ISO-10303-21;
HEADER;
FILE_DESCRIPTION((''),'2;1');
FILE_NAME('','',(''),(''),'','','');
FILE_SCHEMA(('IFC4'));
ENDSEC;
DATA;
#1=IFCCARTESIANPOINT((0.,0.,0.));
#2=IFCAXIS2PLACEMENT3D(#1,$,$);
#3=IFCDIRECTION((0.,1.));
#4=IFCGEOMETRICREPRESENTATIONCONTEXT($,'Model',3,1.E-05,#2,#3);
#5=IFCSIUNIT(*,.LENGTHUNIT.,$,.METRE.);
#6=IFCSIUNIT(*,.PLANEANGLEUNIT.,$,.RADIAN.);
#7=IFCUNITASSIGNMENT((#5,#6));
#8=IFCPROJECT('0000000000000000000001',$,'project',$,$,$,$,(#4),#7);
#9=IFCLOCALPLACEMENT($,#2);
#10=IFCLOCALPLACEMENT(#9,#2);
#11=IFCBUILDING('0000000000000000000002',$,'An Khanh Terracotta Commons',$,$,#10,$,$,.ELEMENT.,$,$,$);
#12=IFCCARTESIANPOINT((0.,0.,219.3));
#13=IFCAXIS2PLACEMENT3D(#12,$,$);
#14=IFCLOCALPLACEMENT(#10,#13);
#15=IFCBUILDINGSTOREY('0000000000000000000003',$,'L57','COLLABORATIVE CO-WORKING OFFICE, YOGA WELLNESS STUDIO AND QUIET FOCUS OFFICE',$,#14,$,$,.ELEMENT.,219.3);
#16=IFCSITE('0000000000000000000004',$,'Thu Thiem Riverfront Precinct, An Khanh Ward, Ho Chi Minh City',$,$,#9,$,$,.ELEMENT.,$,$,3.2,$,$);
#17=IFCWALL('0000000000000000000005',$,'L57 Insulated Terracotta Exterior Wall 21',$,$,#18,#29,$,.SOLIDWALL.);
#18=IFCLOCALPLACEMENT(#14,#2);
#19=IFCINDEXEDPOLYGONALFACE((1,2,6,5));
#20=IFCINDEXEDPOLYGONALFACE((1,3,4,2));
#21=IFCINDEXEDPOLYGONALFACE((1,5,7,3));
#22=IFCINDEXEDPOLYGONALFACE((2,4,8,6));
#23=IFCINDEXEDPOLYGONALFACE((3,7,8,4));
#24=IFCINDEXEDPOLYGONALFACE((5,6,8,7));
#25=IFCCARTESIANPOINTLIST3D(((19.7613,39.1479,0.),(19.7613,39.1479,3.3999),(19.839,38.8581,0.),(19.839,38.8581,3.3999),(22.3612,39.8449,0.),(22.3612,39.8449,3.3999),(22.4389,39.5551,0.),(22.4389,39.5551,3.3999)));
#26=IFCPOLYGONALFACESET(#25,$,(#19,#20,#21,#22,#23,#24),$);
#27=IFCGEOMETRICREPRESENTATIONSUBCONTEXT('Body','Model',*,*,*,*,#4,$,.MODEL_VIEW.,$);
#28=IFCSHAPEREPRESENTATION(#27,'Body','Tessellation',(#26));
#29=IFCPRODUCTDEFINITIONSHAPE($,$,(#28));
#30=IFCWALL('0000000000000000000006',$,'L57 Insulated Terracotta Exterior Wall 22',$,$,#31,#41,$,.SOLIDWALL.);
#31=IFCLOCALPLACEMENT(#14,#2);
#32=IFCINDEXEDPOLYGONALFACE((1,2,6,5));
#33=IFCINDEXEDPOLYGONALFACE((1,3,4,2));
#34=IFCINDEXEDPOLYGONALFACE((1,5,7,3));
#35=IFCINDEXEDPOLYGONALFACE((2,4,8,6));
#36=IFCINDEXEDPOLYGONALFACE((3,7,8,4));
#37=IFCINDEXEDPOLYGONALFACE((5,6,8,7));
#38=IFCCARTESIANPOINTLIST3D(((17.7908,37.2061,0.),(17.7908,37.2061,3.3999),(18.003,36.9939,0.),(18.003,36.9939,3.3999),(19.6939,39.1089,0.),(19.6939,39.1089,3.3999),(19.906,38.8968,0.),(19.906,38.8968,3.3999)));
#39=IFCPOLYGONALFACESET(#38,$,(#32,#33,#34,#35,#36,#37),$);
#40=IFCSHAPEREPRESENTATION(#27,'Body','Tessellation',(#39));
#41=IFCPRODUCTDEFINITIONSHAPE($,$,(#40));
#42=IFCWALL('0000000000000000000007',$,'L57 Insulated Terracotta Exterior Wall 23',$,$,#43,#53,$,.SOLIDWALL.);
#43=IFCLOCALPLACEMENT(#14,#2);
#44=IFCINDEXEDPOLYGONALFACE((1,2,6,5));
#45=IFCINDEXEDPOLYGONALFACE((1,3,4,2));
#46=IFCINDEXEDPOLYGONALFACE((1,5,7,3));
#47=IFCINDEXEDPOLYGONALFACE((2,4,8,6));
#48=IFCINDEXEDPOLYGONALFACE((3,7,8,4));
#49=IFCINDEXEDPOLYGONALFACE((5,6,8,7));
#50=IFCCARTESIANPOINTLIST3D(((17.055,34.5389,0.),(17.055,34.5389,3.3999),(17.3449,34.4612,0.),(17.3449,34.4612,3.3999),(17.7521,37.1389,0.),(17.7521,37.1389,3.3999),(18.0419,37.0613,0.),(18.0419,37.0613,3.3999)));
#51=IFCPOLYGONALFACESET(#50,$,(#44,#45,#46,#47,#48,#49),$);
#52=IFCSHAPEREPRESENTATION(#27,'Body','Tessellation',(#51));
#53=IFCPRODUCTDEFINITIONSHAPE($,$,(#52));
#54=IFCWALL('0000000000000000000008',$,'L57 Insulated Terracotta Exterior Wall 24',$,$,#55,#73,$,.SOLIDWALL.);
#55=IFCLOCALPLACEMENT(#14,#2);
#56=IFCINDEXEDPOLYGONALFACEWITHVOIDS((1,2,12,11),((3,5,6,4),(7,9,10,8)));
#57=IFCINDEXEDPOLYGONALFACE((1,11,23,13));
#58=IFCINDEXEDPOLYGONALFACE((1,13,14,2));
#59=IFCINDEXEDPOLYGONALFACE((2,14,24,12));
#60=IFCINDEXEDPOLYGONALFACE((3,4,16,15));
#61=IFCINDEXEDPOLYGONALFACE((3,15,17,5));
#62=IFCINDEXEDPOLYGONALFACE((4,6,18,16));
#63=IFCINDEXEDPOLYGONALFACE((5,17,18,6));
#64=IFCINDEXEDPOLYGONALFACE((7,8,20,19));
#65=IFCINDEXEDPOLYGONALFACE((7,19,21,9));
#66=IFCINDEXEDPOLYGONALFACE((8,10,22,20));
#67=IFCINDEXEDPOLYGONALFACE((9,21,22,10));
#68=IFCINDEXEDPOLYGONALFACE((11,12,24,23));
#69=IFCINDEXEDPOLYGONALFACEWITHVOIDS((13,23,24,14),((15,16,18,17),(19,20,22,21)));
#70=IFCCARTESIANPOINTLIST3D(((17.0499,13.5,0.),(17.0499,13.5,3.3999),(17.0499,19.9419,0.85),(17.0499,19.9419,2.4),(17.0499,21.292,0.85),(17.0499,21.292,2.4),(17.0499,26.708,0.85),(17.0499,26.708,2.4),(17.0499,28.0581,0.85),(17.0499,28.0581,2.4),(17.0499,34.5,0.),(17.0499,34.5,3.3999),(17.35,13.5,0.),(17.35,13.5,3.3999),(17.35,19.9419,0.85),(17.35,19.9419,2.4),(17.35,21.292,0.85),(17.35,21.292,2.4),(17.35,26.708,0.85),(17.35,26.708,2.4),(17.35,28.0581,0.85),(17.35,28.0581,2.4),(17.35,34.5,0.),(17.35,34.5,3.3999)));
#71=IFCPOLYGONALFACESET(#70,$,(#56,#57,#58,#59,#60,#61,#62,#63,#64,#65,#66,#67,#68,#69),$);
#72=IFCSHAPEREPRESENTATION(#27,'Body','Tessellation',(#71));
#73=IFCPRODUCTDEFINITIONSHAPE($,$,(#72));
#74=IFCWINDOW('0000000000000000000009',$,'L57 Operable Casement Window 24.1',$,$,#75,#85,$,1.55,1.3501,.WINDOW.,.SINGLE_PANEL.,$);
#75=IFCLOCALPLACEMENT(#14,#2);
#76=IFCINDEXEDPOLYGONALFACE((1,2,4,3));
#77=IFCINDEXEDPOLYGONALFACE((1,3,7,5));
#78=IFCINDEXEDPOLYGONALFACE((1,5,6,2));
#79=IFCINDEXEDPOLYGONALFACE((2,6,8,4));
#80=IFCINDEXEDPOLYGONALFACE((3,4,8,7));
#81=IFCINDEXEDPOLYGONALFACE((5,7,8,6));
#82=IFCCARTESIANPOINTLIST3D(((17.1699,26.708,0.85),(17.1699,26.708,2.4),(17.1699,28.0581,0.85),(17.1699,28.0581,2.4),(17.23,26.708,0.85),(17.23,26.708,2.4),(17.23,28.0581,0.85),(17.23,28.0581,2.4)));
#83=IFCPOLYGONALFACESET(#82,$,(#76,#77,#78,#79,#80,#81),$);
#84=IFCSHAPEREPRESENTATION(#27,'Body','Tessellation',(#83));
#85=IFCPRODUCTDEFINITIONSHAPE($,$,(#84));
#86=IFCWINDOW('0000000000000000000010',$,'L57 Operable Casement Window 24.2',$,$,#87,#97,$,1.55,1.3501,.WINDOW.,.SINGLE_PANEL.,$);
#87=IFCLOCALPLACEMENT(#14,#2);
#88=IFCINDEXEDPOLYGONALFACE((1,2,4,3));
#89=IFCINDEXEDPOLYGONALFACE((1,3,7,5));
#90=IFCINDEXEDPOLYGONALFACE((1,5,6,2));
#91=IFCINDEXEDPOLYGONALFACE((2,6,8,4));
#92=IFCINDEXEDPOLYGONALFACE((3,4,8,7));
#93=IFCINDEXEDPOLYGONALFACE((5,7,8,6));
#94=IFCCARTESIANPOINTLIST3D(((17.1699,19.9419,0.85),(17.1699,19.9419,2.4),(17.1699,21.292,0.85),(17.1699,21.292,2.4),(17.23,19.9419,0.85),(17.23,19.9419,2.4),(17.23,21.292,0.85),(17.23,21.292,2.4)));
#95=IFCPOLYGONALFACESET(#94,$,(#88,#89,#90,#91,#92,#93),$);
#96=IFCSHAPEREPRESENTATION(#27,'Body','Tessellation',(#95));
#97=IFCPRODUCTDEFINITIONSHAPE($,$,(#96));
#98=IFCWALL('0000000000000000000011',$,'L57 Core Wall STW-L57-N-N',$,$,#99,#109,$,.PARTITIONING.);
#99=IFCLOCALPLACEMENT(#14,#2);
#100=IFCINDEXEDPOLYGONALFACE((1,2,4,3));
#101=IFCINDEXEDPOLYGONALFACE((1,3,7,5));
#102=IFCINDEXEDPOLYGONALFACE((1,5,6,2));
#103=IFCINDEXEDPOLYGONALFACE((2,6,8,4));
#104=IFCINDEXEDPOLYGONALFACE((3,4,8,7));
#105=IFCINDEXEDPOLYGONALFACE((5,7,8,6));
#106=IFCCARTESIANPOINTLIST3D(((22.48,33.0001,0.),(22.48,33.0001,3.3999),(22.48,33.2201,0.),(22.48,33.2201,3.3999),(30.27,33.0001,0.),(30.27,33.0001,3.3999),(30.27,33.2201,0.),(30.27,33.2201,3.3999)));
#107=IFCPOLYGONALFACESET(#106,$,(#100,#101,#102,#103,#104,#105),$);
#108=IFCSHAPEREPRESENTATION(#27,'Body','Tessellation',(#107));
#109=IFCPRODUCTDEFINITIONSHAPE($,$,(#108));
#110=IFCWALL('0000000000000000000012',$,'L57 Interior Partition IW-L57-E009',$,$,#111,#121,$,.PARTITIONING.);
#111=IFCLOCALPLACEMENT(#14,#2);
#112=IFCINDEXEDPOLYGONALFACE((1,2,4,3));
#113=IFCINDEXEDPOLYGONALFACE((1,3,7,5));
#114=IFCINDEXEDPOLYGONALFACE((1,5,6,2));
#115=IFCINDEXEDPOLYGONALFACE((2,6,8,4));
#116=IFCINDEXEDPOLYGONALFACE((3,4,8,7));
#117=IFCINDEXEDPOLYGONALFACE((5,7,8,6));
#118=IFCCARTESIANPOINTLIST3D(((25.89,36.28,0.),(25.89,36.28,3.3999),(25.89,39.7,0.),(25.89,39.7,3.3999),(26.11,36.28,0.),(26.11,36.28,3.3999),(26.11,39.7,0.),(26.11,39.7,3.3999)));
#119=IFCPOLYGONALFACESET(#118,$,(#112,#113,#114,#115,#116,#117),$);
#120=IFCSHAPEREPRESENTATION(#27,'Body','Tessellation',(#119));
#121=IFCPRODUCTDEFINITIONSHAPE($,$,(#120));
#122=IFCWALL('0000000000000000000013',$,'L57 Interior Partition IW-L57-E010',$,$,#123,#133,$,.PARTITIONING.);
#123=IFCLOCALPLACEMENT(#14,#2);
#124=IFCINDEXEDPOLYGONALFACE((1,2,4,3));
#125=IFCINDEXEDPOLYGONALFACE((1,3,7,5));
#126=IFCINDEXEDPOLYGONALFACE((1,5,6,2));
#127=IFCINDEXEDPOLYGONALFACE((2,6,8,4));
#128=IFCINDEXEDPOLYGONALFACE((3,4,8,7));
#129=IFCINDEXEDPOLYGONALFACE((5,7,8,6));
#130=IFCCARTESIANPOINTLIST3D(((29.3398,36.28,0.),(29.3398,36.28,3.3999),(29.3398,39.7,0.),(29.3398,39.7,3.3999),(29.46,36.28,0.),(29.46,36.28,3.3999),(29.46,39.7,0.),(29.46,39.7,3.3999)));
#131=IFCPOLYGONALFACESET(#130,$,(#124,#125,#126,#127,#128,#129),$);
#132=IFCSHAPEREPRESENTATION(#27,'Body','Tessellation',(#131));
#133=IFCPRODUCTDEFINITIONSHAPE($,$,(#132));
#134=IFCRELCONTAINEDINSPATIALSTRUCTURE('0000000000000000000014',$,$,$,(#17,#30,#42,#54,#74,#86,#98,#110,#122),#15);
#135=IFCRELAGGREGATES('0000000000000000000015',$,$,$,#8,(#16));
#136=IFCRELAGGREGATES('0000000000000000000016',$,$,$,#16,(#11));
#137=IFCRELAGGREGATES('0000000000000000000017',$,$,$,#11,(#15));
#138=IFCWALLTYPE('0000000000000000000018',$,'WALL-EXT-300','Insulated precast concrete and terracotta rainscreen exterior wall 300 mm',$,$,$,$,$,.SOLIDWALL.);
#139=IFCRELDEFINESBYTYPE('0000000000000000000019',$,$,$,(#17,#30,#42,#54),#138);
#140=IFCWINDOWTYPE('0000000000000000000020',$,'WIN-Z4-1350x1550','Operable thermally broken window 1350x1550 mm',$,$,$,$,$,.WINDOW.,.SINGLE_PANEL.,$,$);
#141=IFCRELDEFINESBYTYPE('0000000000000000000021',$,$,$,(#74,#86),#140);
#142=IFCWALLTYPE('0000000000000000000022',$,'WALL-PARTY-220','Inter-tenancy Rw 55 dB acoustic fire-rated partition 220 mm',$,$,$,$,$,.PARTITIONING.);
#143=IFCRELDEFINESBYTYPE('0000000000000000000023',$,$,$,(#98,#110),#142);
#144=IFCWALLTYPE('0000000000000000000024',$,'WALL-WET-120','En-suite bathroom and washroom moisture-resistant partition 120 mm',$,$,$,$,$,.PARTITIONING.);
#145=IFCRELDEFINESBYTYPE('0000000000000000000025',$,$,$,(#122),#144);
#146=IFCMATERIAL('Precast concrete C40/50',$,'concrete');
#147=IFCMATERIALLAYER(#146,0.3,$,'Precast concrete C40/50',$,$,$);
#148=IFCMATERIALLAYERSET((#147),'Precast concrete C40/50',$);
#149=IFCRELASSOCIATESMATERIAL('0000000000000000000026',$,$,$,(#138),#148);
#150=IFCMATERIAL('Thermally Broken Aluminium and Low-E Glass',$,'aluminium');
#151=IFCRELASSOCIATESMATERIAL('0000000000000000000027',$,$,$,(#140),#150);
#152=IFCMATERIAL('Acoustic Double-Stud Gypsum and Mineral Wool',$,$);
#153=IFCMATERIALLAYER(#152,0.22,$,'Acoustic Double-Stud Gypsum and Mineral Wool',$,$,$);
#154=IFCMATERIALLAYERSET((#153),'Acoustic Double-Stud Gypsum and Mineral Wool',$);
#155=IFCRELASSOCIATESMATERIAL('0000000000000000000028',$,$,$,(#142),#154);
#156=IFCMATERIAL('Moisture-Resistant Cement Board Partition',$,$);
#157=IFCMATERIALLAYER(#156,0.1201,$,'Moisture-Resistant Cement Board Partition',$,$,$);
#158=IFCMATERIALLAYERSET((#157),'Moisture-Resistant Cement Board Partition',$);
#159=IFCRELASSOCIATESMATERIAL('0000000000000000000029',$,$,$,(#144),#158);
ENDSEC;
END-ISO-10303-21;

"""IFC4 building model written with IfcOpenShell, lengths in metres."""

from ifc_helpers import new_model, si_unit, direction, frame, frame_2d, origin, place, context, subcontext, project, spatial, rectangle, extrude, material, layer, layer_set, type_object, element, fill, save


model = new_model("IFC4")

# Units and contexts
model_context = context("Model", 3, precision=1e-05, world=origin(), true_north=direction((0.0, 1.0)))
body_context = subcontext(model_context, "Body", "Model", "MODEL_VIEW")
ifc_project = project(units=[si_unit("LENGTHUNIT", "METRE"), si_unit("PLANEANGLEUNIT", "RADIAN")], contexts=[model_context])

# Site, building, storey
site_placement = place(None, origin())
site = spatial("IfcSite", under=ifc_project, at=site_placement, Name="Thu Thiem Riverfront Precinct, An Khanh Ward, Ho Chi Minh City", CompositionType="ELEMENT", RefElevation=3.2)
building_placement = place(site_placement, origin())
building = spatial("IfcBuilding", under=site, at=building_placement, Name="An Khanh Terracotta Commons", CompositionType="ELEMENT")
storey_placement = place(building_placement, frame((0.0, 0.0, 219.3)))
storey = spatial("IfcBuildingStorey", under=building, at=storey_placement, Name="L57", Description="COLLABORATIVE CO-WORKING OFFICE, YOGA WELLNESS STUDIO AND QUIET FOCUS OFFICE", CompositionType="ELEMENT", Elevation=219.3)

# Walls
ifc_material_1 = material(Name="Precast concrete C40/50", Category="concrete")
ifc_layer_1 = layer(ifc_material_1, 0.3, Name="Precast concrete C40/50")
ifc_layer_set_1 = layer_set([ifc_layer_1], Name="Precast concrete C40/50")
wall_type_1 = type_object("IfcWallType", Name="WALL-EXT-300", Description="Insulated precast concrete and terracotta rainscreen exterior wall 300 mm", PredefinedType="SOLIDWALL", material=ifc_layer_set_1)
wall_1_placement = place(storey_placement, frame((22.3999, 39.7, 0.0), z_axis=(0.0, 0.0, 1.0), x_axis=(-0.965889, -0.258955, 0.0)))
element("IfcWall", 1, at=wall_1_placement, inside=storey, type_object=wall_type_1, Name="L57 Insulated Terracotta Exterior Wall 21", PredefinedType="SOLIDWALL", context=body_context, shape_type="SweptSolid", body=[
    extrude(rectangle(XDim=2.6917, YDim=0.3, at=frame_2d((1.3457, 0.0))), origin(), (0.0, 0.0, 1.0), 3.3999),
])
wall_2_placement = place(storey_placement, frame((19.8, 39.0029, 0.0), z_axis=(0.0, 0.0, 1.0), x_axis=(-0.707152, -0.707061, 0.0)))
element("IfcWall", 2, at=wall_2_placement, inside=storey, type_object=wall_type_1, Name="L57 Insulated Terracotta Exterior Wall 22", PredefinedType="SOLIDWALL", context=body_context, shape_type="SweptSolid", body=[
    extrude(rectangle(XDim=2.6912, YDim=0.3, at=frame_2d((1.3457, 0.0))), origin(), (0.0, 0.0, 1.0), 3.3999),
])
wall_3_placement = place(storey_placement, frame((17.897, 37.1001, 0.0), z_axis=(0.0, 0.0, 1.0), x_axis=(-0.258933, -0.965895, 0.0)))
element("IfcWall", 3, at=wall_3_placement, inside=storey, type_object=wall_type_1, Name="L57 Insulated Terracotta Exterior Wall 23", PredefinedType="SOLIDWALL", context=body_context, shape_type="SweptSolid", body=[
    extrude(rectangle(XDim=2.6919, YDim=0.3, at=frame_2d((1.3459, 0.0))), origin(), (0.0, 0.0, 1.0), 3.3999),
])

# Wall, openings, windows
wall_4_placement = place(storey_placement, frame((17.2, 34.5, 0.0), z_axis=(0.0, 0.0, 1.0), x_axis=(0.0, -1.0, 0.0)))
wall_4 = element("IfcWall", 4, at=wall_4_placement, inside=storey, type_object=wall_type_1, Name="L57 Insulated Terracotta Exterior Wall 24", PredefinedType="SOLIDWALL", context=body_context, shape_type="SweptSolid", body=[
    extrude(rectangle(XDim=21.0, YDim=0.3, at=frame_2d((10.5, 0.0))), origin(), (0.0, 0.0, 1.0), 3.3999),
])
opening_1_placement = place(wall_4_placement, frame((6.4419, 0.0, 0.8501)))
opening_1 = element("IfcOpeningElement", 5, at=opening_1_placement, cuts=wall_4, PredefinedType="OPENING", context=body_context, shape_type="SweptSolid", body=[
    extrude(rectangle(XDim=1.3501, YDim=1.55, at=frame_2d((0.675, 0.7749))), frame((0.0, 0.1599, 0.0), z_axis=(0.0, -1.0, 0.0), x_axis=(1.0, 0.0, 0.0)), (0.0, 0.0, 1.0), 0.3201),
])
opening_2_placement = place(wall_4_placement, frame((13.208, 0.0, 0.8501)))
opening_2 = element("IfcOpeningElement", 6, at=opening_2_placement, cuts=wall_4, PredefinedType="OPENING", context=body_context, shape_type="SweptSolid", body=[
    extrude(rectangle(XDim=1.3501, YDim=1.55, at=frame_2d((0.675, 0.7749))), frame((0.0, 0.1599, 0.0), z_axis=(0.0, -1.0, 0.0), x_axis=(1.0, 0.0, 0.0)), (0.0, 0.0, 1.0), 0.3201),
])
ifc_material_2 = material(Name="Thermally Broken Aluminium and Low-E Glass", Category="aluminium")
window_type = type_object("IfcWindowType", Name="WIN-Z4-1350x1550", Description="Operable thermally broken window 1350x1550 mm", PartitioningType="SINGLE_PANEL", PredefinedType="WINDOW", material=ifc_material_2)
window_1_placement = place(opening_1_placement, origin())
window_1 = element("IfcWindow", 7, at=window_1_placement, inside=storey, type_object=window_type, Name="L57 Operable Casement Window 24.1", OverallHeight=1.55, OverallWidth=1.3501, PartitioningType="SINGLE_PANEL", PredefinedType="WINDOW", context=body_context, shape_type="SweptSolid", body=[
    extrude(rectangle(XDim=1.3501, YDim=1.55, at=frame_2d((0.675, 0.7749))), frame((0.0, 0.03, 0.0), z_axis=(0.0, -1.0, 0.0), x_axis=(1.0, 0.0, 0.0)), (0.0, 0.0, 1.0), 0.0601),
])
fill(opening_1, window_1)
window_2_placement = place(opening_2_placement, origin())
window_2 = element("IfcWindow", 8, at=window_2_placement, inside=storey, type_object=window_type, Name="L57 Operable Casement Window 24.2", OverallHeight=1.55, OverallWidth=1.3501, PartitioningType="SINGLE_PANEL", PredefinedType="WINDOW", context=body_context, shape_type="SweptSolid", body=[
    extrude(rectangle(XDim=1.3501, YDim=1.55, at=frame_2d((0.675, 0.7749))), frame((0.0, 0.03, 0.0), z_axis=(0.0, -1.0, 0.0), x_axis=(1.0, 0.0, 0.0)), (0.0, 0.0, 1.0), 0.0601),
])
fill(opening_2, window_2)

# Walls
ifc_material_3 = material(Name="Acoustic Double-Stud Gypsum and Mineral Wool")
ifc_layer_2 = layer(ifc_material_3, 0.22, Name="Acoustic Double-Stud Gypsum and Mineral Wool")
ifc_layer_set_2 = layer_set([ifc_layer_2], Name="Acoustic Double-Stud Gypsum and Mineral Wool")
wall_type_2 = type_object("IfcWallType", Name="WALL-PARTY-220", Description="Inter-tenancy Rw 55 dB acoustic fire-rated partition 220 mm", PredefinedType="PARTITIONING", material=ifc_layer_set_2)
wall_5_placement = place(storey_placement, frame((22.48, 33.1101, 0.0), z_axis=(0.0, 0.0, 1.0), x_axis=(1.0, 0.0, 0.0)))
element("IfcWall", 9, at=wall_5_placement, inside=storey, type_object=wall_type_2, Name="L57 Core Wall STW-L57-N-N", PredefinedType="PARTITIONING", context=body_context, shape_type="SweptSolid", body=[
    extrude(rectangle(XDim=7.79, YDim=0.22, at=frame_2d((3.895, 0.0))), origin(), (0.0, 0.0, 1.0), 3.3999),
])
wall_6_placement = place(storey_placement, frame((26.0, 36.28, 0.0), z_axis=(0.0, 0.0, 1.0), x_axis=(0.0, 1.0, 0.0)))
element("IfcWall", 10, at=wall_6_placement, inside=storey, type_object=wall_type_2, Name="L57 Interior Partition IW-L57-E009", PredefinedType="PARTITIONING", context=body_context, shape_type="SweptSolid", body=[
    extrude(rectangle(XDim=3.4199, YDim=0.22, at=frame_2d((1.71, 0.0))), origin(), (0.0, 0.0, 1.0), 3.3999),
])
ifc_material_4 = material(Name="Moisture-Resistant Cement Board Partition")
ifc_layer_3 = layer(ifc_material_4, 0.1201, Name="Moisture-Resistant Cement Board Partition")
ifc_layer_set_3 = layer_set([ifc_layer_3], Name="Moisture-Resistant Cement Board Partition")
wall_type_3 = type_object("IfcWallType", Name="WALL-WET-120", Description="En-suite bathroom and washroom moisture-resistant partition 120 mm", PredefinedType="PARTITIONING", material=ifc_layer_set_3)
wall_7_placement = place(storey_placement, frame((29.3999, 36.28, 0.0), z_axis=(0.0, 0.0, 1.0), x_axis=(0.0, 1.0, 0.0)))
element("IfcWall", 11, at=wall_7_placement, inside=storey, type_object=wall_type_3, Name="L57 Interior Partition IW-L57-E010", PredefinedType="PARTITIONING", context=body_context, shape_type="SweptSolid", body=[
    extrude(rectangle(XDim=3.4199, YDim=0.1201, at=frame_2d((1.71, 0.0))), origin(), (0.0, 0.0, 1.0), 3.3999),
])

save(model, "model.ifc")
